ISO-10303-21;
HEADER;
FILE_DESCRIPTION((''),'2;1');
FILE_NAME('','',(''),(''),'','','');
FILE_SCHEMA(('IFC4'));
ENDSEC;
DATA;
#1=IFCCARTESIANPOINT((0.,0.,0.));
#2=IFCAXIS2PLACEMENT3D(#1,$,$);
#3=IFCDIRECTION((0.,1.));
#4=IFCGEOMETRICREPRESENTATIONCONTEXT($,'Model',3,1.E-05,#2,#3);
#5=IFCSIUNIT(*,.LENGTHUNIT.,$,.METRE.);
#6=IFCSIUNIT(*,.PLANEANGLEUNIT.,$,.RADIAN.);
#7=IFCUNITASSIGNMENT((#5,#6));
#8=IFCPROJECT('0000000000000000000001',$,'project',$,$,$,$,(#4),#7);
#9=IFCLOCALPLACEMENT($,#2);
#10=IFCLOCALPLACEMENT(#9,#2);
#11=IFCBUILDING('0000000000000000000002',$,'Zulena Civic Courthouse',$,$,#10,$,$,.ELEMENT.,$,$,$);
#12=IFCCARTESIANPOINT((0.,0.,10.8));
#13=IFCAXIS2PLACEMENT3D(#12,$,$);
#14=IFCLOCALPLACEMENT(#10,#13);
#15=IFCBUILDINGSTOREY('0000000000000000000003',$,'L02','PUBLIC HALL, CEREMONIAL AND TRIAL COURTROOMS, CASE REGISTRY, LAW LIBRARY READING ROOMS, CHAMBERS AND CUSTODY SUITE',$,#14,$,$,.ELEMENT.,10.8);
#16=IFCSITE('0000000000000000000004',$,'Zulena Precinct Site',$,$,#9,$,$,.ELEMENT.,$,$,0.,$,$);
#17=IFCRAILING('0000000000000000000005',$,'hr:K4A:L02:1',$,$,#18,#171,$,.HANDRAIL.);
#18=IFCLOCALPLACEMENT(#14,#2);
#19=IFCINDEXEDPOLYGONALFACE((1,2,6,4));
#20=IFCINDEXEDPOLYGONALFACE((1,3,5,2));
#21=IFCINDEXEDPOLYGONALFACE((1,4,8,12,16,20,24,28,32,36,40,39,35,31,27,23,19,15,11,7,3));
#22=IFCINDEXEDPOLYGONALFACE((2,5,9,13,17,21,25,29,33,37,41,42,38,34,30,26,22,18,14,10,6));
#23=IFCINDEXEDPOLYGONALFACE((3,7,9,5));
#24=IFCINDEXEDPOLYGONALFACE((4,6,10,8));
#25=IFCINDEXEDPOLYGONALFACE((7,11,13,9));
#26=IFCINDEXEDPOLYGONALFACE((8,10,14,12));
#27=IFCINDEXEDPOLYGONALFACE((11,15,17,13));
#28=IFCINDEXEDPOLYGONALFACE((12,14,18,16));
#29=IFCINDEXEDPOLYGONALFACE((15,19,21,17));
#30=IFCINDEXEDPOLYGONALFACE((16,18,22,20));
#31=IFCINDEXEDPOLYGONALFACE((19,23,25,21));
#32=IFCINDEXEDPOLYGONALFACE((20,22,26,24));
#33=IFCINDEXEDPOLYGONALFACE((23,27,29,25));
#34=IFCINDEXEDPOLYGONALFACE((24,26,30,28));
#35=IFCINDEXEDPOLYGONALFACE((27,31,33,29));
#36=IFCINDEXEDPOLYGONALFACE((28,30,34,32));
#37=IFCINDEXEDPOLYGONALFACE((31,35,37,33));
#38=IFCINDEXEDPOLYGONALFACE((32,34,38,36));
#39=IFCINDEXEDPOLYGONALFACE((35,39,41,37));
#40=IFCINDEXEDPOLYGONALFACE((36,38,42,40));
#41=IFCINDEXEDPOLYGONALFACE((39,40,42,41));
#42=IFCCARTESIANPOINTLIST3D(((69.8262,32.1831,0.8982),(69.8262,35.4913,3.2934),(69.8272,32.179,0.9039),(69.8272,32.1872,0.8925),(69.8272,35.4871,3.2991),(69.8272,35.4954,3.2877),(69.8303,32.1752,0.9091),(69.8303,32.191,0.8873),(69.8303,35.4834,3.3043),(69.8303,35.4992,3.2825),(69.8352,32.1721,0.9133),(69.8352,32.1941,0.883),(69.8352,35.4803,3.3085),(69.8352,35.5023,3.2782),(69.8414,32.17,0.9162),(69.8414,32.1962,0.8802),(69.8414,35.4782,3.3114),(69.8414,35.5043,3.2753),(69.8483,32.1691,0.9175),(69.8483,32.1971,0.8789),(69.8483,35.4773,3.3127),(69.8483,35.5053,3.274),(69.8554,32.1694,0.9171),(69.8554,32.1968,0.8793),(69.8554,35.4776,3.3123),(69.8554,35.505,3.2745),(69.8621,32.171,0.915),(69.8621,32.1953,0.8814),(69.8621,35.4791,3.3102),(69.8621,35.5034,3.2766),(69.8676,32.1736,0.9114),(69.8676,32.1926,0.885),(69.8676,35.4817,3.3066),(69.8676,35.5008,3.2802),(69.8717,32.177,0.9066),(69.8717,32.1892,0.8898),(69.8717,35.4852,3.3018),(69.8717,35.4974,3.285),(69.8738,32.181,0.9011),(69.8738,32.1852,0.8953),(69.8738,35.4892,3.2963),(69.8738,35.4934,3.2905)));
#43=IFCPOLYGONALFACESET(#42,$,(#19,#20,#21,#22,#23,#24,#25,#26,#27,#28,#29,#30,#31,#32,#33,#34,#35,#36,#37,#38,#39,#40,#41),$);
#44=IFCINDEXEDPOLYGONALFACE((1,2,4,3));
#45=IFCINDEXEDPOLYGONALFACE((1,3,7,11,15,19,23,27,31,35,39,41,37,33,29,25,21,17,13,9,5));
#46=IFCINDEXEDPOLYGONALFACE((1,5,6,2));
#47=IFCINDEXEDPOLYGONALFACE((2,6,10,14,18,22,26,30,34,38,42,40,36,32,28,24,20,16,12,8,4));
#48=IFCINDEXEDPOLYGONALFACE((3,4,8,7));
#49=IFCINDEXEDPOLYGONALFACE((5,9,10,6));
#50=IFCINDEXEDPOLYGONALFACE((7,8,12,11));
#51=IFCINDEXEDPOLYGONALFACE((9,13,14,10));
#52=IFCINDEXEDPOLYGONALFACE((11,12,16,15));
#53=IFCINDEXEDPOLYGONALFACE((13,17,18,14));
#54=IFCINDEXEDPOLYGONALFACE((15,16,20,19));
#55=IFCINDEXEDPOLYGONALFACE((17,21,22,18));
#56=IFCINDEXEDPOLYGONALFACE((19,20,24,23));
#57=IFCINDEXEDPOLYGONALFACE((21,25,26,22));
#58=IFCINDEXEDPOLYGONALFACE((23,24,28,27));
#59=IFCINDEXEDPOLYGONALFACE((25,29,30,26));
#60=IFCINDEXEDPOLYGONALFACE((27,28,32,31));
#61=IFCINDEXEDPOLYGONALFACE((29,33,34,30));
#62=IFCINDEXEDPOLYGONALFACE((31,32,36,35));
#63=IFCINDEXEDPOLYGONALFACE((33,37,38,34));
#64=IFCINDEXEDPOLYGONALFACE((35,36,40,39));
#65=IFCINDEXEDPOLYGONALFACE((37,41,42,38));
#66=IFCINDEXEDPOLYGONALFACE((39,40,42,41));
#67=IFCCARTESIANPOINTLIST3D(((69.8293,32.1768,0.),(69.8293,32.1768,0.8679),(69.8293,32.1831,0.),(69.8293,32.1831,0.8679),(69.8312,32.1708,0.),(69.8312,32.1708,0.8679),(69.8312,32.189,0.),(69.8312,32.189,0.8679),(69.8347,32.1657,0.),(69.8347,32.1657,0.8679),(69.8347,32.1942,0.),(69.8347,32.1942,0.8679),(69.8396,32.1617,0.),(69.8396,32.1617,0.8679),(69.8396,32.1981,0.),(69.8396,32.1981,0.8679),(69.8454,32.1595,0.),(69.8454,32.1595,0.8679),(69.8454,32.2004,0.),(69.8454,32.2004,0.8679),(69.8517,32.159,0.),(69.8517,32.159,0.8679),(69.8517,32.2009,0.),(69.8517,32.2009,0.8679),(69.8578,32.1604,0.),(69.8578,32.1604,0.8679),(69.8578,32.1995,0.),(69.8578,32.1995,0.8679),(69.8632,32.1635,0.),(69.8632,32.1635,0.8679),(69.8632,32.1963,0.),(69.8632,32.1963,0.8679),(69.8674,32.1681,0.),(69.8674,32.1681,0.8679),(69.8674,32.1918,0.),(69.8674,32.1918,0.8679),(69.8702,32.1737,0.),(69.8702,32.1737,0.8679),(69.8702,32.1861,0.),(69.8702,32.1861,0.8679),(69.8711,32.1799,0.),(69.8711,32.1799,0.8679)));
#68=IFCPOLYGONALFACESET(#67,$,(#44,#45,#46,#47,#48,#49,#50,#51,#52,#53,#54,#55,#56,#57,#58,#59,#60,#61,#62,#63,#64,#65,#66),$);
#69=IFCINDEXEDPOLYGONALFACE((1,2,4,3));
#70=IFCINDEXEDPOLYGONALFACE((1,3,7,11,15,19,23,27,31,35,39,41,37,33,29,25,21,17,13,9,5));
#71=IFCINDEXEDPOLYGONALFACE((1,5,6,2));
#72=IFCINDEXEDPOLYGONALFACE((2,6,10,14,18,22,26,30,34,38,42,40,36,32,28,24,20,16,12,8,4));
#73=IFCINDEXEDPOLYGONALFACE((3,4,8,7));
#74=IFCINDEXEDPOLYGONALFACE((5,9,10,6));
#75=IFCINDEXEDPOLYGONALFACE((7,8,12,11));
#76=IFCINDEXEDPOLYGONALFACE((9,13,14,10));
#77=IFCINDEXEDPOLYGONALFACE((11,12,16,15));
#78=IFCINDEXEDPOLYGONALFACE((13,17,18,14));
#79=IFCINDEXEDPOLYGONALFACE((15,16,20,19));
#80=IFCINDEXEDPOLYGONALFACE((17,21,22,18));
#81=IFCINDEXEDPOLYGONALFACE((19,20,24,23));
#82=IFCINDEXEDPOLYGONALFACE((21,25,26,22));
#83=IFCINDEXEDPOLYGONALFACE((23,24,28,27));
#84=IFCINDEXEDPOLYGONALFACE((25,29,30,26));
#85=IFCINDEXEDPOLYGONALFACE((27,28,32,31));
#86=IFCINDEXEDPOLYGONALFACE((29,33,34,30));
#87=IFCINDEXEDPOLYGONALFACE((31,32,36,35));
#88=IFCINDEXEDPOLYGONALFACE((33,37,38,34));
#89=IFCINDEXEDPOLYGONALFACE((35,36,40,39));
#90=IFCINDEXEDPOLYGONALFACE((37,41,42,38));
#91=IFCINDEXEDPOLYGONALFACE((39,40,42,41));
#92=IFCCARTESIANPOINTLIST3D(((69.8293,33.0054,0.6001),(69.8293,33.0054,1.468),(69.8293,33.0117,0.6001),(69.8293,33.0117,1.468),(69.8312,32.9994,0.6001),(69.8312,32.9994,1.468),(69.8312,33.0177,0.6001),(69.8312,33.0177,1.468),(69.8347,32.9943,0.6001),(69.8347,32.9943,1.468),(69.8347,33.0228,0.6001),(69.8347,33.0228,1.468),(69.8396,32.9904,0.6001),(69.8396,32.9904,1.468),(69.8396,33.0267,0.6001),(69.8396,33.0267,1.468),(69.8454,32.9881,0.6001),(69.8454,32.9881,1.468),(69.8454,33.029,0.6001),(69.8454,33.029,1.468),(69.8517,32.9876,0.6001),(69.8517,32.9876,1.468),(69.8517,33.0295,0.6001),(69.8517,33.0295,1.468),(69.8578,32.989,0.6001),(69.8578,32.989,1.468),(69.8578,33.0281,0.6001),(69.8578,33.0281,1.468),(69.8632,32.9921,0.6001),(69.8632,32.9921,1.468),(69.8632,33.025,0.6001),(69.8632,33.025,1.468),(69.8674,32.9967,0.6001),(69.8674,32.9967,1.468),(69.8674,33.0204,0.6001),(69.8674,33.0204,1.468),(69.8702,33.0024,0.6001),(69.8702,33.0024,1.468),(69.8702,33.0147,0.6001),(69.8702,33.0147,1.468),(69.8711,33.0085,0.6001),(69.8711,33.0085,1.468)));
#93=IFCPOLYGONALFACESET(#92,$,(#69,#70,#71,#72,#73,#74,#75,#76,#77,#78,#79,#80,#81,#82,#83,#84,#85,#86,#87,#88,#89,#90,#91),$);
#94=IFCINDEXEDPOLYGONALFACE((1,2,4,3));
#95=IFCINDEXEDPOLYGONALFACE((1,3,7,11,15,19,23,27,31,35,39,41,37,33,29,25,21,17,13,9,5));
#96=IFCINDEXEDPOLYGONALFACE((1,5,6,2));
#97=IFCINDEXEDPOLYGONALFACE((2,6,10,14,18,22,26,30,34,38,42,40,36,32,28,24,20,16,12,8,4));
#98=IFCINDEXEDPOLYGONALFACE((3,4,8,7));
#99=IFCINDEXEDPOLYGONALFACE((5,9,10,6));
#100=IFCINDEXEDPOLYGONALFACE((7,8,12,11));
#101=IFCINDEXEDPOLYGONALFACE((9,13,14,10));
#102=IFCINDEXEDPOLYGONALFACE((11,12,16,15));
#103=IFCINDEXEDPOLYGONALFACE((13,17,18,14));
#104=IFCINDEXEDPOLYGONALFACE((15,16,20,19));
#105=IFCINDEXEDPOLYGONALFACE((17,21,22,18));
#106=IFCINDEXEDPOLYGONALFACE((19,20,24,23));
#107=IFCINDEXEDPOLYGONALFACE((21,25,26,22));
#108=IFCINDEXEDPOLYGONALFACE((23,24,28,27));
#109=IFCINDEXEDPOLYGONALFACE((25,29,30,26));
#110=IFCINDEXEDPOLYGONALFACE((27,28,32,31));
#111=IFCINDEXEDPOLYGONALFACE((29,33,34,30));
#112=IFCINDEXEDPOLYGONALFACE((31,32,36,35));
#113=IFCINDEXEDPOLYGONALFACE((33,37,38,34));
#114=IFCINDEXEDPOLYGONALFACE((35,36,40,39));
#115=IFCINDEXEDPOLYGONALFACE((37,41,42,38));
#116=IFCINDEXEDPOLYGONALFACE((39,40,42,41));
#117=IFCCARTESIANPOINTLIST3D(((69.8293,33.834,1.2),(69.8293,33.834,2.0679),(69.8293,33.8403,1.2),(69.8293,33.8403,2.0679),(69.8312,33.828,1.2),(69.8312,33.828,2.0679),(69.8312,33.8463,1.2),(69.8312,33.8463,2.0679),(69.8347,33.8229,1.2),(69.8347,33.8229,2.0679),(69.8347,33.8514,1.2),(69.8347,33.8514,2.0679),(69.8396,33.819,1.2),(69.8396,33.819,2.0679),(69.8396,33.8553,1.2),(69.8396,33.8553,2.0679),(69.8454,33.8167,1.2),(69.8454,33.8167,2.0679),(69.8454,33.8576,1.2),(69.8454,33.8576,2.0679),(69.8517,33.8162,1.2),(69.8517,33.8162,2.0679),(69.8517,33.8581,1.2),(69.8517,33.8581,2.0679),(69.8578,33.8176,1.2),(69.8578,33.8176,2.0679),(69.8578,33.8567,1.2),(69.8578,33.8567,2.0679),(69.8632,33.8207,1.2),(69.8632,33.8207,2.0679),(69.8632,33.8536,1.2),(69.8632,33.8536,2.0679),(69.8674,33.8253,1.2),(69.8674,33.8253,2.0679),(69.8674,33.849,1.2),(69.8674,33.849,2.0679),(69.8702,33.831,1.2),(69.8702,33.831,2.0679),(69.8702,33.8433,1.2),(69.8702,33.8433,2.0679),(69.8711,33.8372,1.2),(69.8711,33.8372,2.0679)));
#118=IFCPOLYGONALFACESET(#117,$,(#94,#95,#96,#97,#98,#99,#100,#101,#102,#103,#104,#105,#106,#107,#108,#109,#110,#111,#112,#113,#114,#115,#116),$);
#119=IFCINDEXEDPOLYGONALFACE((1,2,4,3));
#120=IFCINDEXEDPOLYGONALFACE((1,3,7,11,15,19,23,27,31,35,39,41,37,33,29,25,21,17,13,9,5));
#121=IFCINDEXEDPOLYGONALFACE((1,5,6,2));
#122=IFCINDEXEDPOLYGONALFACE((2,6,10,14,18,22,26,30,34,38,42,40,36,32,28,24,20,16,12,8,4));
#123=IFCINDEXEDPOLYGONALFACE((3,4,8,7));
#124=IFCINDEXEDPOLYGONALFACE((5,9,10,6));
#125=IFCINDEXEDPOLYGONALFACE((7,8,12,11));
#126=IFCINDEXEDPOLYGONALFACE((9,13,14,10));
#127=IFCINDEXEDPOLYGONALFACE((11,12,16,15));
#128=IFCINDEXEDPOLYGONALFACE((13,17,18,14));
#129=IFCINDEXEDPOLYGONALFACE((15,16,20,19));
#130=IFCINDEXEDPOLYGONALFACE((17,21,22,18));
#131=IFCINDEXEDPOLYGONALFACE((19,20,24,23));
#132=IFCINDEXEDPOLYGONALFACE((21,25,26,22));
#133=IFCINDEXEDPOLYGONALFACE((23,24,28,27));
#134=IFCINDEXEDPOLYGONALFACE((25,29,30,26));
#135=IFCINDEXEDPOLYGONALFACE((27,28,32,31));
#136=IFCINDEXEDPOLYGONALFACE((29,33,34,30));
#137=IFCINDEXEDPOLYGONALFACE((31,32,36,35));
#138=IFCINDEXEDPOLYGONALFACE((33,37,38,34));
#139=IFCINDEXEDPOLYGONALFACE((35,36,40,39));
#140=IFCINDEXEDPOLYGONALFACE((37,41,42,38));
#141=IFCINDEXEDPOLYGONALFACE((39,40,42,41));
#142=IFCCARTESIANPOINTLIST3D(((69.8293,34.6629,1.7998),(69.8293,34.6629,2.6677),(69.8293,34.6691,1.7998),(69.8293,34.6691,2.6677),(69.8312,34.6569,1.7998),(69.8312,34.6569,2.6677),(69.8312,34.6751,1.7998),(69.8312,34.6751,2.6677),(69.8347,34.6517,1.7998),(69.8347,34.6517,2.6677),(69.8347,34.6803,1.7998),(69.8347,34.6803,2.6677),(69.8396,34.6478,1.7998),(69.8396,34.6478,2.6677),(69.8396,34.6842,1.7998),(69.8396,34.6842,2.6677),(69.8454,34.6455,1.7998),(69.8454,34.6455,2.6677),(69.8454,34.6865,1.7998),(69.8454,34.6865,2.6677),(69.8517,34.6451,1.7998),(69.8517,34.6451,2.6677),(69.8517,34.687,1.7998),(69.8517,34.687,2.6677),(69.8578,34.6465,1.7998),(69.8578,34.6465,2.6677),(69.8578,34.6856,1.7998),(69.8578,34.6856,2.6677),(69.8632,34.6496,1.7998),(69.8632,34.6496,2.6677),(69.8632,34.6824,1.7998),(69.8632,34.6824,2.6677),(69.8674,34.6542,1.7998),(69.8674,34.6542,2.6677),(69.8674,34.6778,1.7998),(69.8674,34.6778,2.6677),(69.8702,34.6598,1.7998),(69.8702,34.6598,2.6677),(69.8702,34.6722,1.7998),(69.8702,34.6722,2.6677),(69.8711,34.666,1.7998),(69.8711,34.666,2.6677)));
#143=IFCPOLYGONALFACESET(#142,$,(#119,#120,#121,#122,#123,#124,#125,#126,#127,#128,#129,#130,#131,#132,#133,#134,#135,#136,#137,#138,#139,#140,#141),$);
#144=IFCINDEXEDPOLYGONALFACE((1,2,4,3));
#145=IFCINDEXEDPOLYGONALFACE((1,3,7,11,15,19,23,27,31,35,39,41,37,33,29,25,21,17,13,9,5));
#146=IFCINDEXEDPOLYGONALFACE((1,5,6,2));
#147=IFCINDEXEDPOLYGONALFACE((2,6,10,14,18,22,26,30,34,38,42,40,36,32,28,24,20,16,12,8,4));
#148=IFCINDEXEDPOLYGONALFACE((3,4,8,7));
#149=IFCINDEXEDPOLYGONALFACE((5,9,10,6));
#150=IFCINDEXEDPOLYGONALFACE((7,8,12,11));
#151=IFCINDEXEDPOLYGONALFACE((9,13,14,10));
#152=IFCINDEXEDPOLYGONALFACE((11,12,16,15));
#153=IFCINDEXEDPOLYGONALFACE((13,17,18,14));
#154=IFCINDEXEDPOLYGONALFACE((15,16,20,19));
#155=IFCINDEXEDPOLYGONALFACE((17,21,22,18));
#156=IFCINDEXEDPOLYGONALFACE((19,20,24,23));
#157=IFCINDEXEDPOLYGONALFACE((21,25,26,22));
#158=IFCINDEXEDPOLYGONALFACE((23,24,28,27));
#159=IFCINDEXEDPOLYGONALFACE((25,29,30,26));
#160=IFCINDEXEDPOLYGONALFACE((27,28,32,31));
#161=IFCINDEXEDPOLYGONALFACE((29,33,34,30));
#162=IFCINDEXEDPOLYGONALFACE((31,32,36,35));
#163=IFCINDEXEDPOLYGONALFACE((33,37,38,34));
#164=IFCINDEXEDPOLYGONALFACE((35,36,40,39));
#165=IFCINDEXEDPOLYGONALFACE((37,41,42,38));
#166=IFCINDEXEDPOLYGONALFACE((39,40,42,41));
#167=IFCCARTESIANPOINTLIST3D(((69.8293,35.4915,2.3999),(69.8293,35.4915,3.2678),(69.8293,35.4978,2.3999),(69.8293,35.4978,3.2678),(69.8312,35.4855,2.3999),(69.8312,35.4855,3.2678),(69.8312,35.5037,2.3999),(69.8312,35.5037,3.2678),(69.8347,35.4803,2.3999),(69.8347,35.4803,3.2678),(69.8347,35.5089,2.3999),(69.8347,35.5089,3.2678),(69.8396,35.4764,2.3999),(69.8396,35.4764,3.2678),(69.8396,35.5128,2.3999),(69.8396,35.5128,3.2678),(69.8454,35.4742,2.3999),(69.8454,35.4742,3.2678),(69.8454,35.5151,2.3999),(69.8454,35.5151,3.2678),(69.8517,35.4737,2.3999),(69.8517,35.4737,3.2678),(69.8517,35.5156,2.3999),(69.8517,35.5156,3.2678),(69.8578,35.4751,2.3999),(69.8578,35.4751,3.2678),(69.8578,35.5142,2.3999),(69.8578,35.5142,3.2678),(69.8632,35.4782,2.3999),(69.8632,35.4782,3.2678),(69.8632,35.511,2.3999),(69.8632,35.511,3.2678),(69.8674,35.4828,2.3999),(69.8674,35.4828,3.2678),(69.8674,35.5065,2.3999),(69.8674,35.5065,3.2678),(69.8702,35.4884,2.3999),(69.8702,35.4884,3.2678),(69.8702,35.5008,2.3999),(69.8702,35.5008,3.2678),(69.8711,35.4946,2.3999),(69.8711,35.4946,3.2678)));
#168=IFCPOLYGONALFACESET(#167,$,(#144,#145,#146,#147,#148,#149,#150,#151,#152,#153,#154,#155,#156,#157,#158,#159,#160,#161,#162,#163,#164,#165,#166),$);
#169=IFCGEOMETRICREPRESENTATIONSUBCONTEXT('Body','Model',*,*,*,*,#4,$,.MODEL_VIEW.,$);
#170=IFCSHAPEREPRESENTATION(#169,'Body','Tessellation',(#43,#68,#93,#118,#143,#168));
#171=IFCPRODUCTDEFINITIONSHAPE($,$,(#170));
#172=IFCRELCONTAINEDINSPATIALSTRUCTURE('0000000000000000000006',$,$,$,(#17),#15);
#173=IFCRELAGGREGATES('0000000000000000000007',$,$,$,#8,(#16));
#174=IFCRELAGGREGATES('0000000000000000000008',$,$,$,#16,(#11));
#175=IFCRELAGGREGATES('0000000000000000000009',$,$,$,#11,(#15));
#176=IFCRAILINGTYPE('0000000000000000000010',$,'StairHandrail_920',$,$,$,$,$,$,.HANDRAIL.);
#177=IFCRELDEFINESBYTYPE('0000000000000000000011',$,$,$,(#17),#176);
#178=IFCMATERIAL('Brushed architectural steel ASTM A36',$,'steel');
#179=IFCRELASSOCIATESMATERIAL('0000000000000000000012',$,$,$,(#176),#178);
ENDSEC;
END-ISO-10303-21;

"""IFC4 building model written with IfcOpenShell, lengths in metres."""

from ifc_helpers import new_model, si_unit, direction, frame, origin, origin_2d, place, context, subcontext, project, spatial, circle, extrude, material, type_object, element, save


model = new_model("IFC4")

# Units and contexts
model_context = context("Model", 3, precision=1e-05, world=origin(), true_north=direction((0.0, 1.0)))
body_context = subcontext(model_context, "Body", "Model", "MODEL_VIEW")
ifc_project = project(units=[si_unit("LENGTHUNIT", "METRE"), si_unit("PLANEANGLEUNIT", "RADIAN")], contexts=[model_context])

# Site, building, storey
site_placement = place(None, origin())
site = spatial("IfcSite", under=ifc_project, at=site_placement, Name="Zulena Precinct Site", CompositionType="ELEMENT", RefElevation=0.0)
building_placement = place(site_placement, origin())
building = spatial("IfcBuilding", under=site, at=building_placement, Name="Zulena Civic Courthouse", CompositionType="ELEMENT")
storey_placement = place(building_placement, frame((0.0, 0.0, 10.8)))
storey = spatial("IfcBuildingStorey", under=building, at=storey_placement, Name="L02", Description="PUBLIC HALL, CEREMONIAL AND TRIAL COURTROOMS, CASE REGISTRY, LAW LIBRARY READING ROOMS, CHAMBERS AND CUSTODY SUITE", CompositionType="ELEMENT", Elevation=10.8)

# Railing
ifc_material_1 = material(Name="Brushed architectural steel ASTM A36", Category="steel")
railing_type_1 = type_object("IfcRailingType", Name="StairHandrail_920", PredefinedType="HANDRAIL", material=ifc_material_1)
railing_1_placement = place(storey_placement, frame((69.8501, 32.1799, 0.0)))
element("IfcRailing", 1, at=railing_1_placement, inside=storey, type_object=railing_type_1, Name="hr:K4A:L02:1", PredefinedType="HANDRAIL", context=body_context, shape_type="SweptSolid", body=[
    extrude(circle(Radius=0.0239, at=origin_2d()), frame((0.0, 0.0032, 0.8982), z_axis=(0.0, 0.809988, 0.586446), x_axis=(-1.0, 0.0, 0.0)), (0.0, 0.0, 1.0), 4.0842),
    extrude(circle(Radius=0.021, at=origin_2d()), origin(), (0.0, 0.0, 1.0), 0.8679),
    extrude(circle(Radius=0.021, at=origin_2d()), frame((0.0, 0.8286, 0.6001)), (0.0, 0.0, 1.0), 0.8679),
    extrude(circle(Radius=0.021, at=origin_2d()), frame((0.0, 1.6572, 1.2)), (0.0, 0.0, 1.0), 0.8679),
    extrude(circle(Radius=0.021, at=origin_2d()), frame((0.0, 2.4861, 1.7998)), (0.0, 0.0, 1.0), 0.8679),
    extrude(circle(Radius=0.021, at=origin_2d()), frame((0.0, 3.3147, 2.3999)), (0.0, 0.0, 1.0), 0.8679),
])

save(model, "model.ifc")
